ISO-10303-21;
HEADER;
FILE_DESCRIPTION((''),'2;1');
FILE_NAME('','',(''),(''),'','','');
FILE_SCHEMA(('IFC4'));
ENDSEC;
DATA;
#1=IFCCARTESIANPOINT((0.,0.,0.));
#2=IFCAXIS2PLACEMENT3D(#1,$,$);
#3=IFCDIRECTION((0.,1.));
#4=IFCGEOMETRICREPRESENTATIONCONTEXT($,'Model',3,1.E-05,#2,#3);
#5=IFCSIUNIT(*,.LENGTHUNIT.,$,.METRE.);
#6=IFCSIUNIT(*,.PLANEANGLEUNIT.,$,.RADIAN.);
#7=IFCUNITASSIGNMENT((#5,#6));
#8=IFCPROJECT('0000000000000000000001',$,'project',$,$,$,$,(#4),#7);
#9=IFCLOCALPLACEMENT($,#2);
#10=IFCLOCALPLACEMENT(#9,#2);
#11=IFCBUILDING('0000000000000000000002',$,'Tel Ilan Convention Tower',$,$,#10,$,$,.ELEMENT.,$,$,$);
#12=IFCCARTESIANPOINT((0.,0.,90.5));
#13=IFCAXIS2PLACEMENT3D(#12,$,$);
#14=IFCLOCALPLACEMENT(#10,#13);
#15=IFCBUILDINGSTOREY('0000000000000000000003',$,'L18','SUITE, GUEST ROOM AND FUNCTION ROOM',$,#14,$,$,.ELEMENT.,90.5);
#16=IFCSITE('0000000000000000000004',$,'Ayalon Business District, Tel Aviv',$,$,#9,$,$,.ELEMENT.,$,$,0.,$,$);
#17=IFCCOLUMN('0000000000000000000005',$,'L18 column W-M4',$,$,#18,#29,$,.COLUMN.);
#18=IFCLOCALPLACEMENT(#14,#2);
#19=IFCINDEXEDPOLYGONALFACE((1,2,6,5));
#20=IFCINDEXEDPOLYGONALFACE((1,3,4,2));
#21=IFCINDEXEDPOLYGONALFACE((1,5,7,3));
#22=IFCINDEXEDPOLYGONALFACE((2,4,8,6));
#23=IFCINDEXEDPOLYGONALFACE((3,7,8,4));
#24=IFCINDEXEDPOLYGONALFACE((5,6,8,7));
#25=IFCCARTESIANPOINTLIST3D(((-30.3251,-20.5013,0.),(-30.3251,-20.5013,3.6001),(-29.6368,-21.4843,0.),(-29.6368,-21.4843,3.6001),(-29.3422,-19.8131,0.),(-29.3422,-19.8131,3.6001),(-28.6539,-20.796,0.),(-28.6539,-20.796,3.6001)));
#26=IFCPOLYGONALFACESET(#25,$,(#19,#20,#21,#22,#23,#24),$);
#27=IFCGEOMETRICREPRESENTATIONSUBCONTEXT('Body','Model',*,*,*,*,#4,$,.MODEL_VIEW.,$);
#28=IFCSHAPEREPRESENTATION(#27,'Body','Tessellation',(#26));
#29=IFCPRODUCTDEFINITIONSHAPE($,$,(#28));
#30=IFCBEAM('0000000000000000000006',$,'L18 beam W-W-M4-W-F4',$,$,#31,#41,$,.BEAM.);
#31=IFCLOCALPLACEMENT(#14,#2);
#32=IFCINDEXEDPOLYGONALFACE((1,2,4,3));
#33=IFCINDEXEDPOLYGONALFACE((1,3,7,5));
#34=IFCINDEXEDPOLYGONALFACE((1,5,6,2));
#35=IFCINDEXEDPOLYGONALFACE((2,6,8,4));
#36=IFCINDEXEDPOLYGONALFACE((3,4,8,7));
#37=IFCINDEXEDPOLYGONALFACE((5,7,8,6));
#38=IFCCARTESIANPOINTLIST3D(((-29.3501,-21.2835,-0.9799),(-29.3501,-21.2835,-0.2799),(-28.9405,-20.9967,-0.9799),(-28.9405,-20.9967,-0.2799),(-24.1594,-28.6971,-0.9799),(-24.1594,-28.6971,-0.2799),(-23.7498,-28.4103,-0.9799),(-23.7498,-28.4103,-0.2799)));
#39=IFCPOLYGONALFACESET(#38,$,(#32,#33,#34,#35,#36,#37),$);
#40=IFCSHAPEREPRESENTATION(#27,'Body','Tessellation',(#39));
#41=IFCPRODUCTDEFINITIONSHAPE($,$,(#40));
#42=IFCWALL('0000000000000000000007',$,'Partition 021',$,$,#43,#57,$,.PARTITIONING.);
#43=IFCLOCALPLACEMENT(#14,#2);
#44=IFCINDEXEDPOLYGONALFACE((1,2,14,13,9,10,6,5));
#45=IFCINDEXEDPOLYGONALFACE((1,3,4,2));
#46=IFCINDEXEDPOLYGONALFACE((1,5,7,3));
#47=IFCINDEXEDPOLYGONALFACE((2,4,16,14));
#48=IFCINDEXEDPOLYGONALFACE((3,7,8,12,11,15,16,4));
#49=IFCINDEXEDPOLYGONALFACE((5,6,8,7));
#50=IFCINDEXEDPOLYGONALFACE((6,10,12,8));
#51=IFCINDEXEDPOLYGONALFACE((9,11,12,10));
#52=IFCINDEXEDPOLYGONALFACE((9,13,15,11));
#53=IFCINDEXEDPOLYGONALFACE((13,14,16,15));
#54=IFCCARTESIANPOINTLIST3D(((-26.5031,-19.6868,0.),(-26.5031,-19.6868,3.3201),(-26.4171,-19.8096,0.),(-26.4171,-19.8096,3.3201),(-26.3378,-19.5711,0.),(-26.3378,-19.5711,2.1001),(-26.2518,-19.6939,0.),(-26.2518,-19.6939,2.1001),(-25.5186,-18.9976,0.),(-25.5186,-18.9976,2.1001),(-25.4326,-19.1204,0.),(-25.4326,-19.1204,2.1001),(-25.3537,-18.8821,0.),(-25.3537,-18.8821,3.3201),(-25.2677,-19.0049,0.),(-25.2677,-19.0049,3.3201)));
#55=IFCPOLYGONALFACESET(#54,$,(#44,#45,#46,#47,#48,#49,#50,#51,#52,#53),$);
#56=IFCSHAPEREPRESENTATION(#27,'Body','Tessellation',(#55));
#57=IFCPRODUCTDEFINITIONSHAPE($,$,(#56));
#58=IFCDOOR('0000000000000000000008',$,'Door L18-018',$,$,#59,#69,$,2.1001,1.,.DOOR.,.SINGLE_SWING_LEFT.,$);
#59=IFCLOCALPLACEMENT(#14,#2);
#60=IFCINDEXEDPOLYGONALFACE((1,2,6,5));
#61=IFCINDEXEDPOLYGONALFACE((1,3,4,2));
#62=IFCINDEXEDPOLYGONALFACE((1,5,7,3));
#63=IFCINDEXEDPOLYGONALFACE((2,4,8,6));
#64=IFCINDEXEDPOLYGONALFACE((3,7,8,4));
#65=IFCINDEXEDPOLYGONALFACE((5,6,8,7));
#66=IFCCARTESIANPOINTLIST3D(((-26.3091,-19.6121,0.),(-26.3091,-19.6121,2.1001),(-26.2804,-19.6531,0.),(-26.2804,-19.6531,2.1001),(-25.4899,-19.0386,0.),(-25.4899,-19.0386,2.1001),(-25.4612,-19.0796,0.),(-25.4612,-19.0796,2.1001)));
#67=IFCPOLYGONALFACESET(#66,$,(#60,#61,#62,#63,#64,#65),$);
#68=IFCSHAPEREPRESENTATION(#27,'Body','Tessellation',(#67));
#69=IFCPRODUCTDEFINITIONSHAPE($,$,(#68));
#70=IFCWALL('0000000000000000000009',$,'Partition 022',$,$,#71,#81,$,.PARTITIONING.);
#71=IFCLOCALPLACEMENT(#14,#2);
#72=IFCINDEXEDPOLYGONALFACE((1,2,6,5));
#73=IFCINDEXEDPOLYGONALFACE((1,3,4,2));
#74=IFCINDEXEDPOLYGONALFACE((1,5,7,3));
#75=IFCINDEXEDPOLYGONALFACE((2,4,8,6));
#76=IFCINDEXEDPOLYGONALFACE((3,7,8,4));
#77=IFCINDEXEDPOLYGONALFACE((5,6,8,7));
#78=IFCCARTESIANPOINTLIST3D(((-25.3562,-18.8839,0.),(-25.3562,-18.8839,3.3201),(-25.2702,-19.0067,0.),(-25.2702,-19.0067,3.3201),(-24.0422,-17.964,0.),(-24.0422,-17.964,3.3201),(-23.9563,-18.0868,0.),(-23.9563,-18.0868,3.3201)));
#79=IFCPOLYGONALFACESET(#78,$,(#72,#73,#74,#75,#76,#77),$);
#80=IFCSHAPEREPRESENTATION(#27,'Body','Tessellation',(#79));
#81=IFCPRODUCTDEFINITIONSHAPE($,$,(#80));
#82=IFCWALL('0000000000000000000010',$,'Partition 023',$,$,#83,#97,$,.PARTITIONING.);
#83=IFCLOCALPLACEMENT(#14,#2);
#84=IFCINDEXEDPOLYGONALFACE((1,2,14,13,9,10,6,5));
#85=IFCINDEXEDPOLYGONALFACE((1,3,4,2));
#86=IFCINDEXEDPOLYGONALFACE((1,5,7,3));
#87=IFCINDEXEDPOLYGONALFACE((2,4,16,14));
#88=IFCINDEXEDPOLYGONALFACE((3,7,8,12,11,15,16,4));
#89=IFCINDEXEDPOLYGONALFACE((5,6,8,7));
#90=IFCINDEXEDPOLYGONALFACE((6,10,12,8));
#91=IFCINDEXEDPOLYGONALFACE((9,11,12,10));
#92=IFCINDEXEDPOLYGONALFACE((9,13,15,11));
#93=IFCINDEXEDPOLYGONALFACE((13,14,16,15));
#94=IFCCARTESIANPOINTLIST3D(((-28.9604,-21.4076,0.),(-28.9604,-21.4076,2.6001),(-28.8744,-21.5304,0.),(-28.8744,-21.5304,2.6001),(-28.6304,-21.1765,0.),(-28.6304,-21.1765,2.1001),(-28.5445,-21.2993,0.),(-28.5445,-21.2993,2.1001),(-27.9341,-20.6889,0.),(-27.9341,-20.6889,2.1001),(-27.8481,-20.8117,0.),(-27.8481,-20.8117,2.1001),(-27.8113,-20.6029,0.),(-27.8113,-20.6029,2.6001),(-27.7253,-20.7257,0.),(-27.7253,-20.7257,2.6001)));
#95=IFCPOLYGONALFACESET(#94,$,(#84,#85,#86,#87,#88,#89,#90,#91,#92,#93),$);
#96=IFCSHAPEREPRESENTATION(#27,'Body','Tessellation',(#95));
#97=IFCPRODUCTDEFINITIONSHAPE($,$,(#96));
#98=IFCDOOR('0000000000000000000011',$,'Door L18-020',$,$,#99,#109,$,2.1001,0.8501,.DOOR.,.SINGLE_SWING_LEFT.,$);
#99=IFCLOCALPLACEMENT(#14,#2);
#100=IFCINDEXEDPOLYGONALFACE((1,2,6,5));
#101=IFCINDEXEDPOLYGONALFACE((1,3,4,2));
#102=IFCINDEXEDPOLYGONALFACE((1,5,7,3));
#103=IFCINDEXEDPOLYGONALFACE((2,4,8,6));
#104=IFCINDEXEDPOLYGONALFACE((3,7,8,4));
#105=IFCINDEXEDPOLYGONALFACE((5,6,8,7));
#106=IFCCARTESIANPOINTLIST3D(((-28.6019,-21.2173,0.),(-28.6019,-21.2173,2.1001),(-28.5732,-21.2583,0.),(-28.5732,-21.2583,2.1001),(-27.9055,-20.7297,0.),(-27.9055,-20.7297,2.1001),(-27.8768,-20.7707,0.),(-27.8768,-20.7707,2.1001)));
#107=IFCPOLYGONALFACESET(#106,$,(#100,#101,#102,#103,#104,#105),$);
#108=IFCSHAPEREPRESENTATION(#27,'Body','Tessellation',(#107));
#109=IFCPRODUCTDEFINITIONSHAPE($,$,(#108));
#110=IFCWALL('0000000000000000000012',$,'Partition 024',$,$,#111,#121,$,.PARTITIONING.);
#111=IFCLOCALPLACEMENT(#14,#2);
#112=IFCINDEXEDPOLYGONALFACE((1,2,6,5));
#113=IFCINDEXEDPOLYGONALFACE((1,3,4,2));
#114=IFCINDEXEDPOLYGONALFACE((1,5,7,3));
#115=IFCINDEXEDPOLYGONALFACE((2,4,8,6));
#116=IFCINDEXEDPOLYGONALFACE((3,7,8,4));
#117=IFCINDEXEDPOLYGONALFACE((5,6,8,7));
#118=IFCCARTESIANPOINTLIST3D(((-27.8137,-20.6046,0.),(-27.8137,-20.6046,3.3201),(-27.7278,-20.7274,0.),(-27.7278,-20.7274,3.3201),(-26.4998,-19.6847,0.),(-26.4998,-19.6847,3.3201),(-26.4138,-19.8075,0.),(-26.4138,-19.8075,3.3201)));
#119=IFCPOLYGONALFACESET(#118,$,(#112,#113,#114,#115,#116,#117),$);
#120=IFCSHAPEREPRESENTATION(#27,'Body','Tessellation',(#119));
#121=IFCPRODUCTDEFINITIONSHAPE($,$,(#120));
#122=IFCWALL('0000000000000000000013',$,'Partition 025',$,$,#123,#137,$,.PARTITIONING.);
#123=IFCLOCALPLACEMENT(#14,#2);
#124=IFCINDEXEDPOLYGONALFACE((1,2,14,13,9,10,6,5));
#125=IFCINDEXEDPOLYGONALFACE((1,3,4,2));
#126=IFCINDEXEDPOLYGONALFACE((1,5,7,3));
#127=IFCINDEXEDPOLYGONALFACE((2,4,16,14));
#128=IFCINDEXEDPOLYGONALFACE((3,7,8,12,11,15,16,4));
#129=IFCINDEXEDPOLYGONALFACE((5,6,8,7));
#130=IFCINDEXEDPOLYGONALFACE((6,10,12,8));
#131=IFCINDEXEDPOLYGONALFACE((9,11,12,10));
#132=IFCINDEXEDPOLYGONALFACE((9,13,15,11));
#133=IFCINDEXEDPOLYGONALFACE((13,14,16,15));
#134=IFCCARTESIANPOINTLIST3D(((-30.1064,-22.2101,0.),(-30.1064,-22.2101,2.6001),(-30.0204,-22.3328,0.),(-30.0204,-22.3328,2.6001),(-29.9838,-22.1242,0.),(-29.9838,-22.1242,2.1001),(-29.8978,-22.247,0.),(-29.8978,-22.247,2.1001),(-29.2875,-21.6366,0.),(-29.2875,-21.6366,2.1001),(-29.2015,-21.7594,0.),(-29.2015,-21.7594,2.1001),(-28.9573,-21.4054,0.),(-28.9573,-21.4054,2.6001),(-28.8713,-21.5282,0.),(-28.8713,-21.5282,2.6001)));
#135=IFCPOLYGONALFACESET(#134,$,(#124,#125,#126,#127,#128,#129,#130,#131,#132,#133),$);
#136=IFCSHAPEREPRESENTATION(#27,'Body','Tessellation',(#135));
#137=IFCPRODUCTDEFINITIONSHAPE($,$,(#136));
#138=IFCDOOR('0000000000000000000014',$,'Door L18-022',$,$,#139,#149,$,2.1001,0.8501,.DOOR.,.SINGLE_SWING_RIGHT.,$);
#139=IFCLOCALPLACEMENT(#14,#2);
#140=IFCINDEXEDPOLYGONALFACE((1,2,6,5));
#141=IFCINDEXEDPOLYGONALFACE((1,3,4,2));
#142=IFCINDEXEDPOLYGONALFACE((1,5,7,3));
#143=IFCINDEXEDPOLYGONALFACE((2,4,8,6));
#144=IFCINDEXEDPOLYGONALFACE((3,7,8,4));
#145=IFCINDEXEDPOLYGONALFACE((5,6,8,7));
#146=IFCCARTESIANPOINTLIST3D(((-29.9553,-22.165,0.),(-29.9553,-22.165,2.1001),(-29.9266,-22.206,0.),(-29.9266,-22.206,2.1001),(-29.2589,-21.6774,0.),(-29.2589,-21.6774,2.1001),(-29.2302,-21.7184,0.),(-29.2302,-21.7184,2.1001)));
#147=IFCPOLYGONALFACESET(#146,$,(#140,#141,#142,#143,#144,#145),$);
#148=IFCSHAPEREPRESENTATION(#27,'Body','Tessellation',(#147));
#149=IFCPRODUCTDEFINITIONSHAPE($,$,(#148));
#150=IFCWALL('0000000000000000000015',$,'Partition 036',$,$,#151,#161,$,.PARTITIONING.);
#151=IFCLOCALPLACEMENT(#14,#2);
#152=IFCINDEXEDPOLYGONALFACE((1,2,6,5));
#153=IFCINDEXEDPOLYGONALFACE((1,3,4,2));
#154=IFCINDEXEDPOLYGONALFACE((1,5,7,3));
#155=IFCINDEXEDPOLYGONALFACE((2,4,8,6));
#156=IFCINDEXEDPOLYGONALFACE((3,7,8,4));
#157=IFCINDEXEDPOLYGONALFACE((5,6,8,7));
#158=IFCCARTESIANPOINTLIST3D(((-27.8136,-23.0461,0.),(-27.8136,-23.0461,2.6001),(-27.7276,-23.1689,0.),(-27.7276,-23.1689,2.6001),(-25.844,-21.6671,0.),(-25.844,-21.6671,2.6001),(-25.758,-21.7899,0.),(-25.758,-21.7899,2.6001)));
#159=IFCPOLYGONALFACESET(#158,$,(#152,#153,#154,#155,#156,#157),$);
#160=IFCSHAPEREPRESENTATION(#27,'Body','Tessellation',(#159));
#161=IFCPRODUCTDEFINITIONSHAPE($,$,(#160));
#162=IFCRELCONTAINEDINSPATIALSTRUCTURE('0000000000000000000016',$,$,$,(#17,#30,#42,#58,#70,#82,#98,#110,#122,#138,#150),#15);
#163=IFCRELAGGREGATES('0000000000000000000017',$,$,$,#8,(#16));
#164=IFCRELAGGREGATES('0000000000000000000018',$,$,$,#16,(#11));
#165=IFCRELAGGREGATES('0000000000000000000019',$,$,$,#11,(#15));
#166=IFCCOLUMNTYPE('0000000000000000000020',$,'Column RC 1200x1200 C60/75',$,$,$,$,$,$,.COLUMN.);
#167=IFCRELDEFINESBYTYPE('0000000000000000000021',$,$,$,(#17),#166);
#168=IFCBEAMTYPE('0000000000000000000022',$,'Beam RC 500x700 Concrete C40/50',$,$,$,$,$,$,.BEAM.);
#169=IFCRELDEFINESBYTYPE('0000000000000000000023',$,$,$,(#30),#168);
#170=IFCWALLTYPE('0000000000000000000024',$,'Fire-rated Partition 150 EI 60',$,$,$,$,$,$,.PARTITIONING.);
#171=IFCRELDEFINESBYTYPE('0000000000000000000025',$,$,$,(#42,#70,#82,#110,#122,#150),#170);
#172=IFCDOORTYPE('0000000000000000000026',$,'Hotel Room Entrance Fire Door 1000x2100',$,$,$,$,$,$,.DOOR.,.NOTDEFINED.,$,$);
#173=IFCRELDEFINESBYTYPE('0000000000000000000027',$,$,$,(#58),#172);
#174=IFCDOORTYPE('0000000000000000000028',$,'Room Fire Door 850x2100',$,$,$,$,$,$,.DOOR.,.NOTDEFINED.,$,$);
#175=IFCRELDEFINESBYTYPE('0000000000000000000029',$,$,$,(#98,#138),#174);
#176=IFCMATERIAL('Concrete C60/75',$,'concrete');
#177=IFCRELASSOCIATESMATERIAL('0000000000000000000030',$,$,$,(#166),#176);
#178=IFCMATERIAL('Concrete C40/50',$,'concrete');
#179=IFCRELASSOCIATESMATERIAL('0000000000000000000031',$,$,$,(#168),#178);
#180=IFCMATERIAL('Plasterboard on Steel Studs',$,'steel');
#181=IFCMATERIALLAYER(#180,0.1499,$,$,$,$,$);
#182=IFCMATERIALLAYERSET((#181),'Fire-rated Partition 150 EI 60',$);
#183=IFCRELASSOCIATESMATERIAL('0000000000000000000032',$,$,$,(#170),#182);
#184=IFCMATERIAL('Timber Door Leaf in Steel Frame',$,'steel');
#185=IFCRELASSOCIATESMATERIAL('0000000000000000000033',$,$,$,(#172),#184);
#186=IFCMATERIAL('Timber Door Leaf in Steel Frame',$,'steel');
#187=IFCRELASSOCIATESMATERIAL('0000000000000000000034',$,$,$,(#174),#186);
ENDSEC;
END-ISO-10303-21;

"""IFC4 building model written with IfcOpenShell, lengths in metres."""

from ifc_helpers import new_model, si_unit, direction, frame, frame_2d, origin, origin_2d, place, context, subcontext, project, spatial, rectangle, extrude, material, layer, layer_set, material_profile, profile_set, type_object, element, fill, save


model = new_model("IFC4")

# Units and contexts
model_context = context("Model", 3, precision=1e-05, world=origin(), true_north=direction((0.0, 1.0)))
body_context = subcontext(model_context, "Body", "Model", "MODEL_VIEW")
ifc_project = project(units=[si_unit("LENGTHUNIT", "METRE"), si_unit("PLANEANGLEUNIT", "RADIAN")], contexts=[model_context])

# Site, building, storey
site_placement = place(None, origin())
site = spatial("IfcSite", under=ifc_project, at=site_placement, Name="Ayalon Business District, Tel Aviv", CompositionType="ELEMENT", RefElevation=0.0)
building_placement = place(site_placement, origin())
building = spatial("IfcBuilding", under=site, at=building_placement, Name="Tel Ilan Convention Tower", CompositionType="ELEMENT")
storey_placement = place(building_placement, frame((0.0, 0.0, 90.5)))
storey = spatial("IfcBuildingStorey", under=building, at=storey_placement, Name="L18", Description="SUITE, GUEST ROOM AND FUNCTION ROOM", CompositionType="ELEMENT", Elevation=90.5)

# Column
ifc_material_1 = material(Name="Concrete C60/75", Category="concrete")
ifc_material_profile_1 = material_profile(ifc_material_1, rectangle(XDim=1.2, YDim=1.2, at=origin_2d()), Name="RC 1200x1200")
ifc_profile_set_1 = profile_set([ifc_material_profile_1], Name="Concrete C60/75")
column_type = type_object("IfcColumnType", Name="Column RC 1200x1200 C60/75", PredefinedType="COLUMN", material=ifc_profile_set_1)
column_placement = place(storey_placement, frame((-29.4895, -20.6487, 0.0), z_axis=(0.0, 0.0, 1.0), x_axis=(-0.819152, -0.573576, 0.0)))
element("IfcColumn", 1, at=column_placement, inside=storey, type_object=column_type, Name="L18 column W-M4", PredefinedType="COLUMN", context=body_context, shape_type="SweptSolid", body=[
    extrude(rectangle(XDim=1.2, YDim=1.2, at=origin_2d()), origin(), (0.0, 0.0, 1.0), 3.6001),
])

# Beam
ifc_material_2 = material(Name="Concrete C40/50", Category="concrete")
ifc_material_profile_2 = material_profile(ifc_material_2, rectangle(XDim=0.5, YDim=0.7, at=origin_2d()), Name="RC 500x700")
ifc_profile_set_2 = profile_set([ifc_material_profile_2], Name="Concrete C40/50")
beam_type = type_object("IfcBeamType", Name="Beam RC 500x700 Concrete C40/50", PredefinedType="BEAM", material=ifc_profile_set_2)
beam_placement = place(storey_placement, frame((-29.1453, -21.1401, -0.6299), z_axis=(0.573549, -0.819171, 0.0), x_axis=(0.819171, 0.573549, 0.0)))
element("IfcBeam", 2, at=beam_placement, inside=storey, type_object=beam_type, Name="L18 beam W-W-M4-W-F4", PredefinedType="BEAM", context=body_context, shape_type="SweptSolid", body=[
    extrude(rectangle(XDim=0.5, YDim=0.7, at=origin_2d()), origin(), (0.0, 0.0, 1.0), 9.05),
])

# Wall, opening, door
ifc_material_3 = material(Name="Plasterboard on Steel Studs", Category="steel")
ifc_layer_1 = layer(ifc_material_3, 0.1499)
ifc_layer_set_1 = layer_set([ifc_layer_1], Name="Fire-rated Partition 150 EI 60")
wall_type_1 = type_object("IfcWallType", Name="Fire-rated Partition 150 EI 60", PredefinedType="PARTITIONING", material=ifc_layer_set_1)
wall_1_placement = place(storey_placement, frame((-26.4602, -19.7483, 0.0), z_axis=(0.0, 0.0, 1.0), x_axis=(0.819199, 0.573509, 0.0)))
wall_1 = element("IfcWall", 3, at=wall_1_placement, inside=storey, type_object=wall_type_1, Name="Partition 021", PredefinedType="PARTITIONING", context=body_context, shape_type="SweptSolid", body=[
    extrude(rectangle(XDim=1.4031, YDim=0.1499, at=frame_2d((0.7017, 0.0))), origin(), (0.0, 0.0, 1.0), 3.3201),
])
opening_1_placement = place(wall_1_placement, frame((0.2019, 0.0, 0.0)))
opening_1 = element("IfcOpeningElement", 4, at=opening_1_placement, cuts=wall_1, PredefinedType="OPENING", context=body_context, shape_type="SweptSolid", body=[
    extrude(rectangle(XDim=1.0, YDim=2.1001, at=frame_2d((0.5, 1.05))), frame((0.0, 0.085, 0.0), z_axis=(0.0, -1.0, 0.0), x_axis=(1.0, 0.0, 0.0)), (0.0, 0.0, 1.0), 0.1699),
])
ifc_material_4 = material(Name="Timber Door Leaf in Steel Frame", Category="steel")
door_type_1 = type_object("IfcDoorType", Name="Hotel Room Entrance Fire Door 1000x2100", OperationType="NOTDEFINED", PredefinedType="DOOR", material=ifc_material_4)
door_1_placement = place(opening_1_placement, origin())
door_1 = element("IfcDoor", 5, at=door_1_placement, inside=storey, type_object=door_type_1, Name="Door L18-018", OperationType="SINGLE_SWING_LEFT", OverallHeight=2.1001, OverallWidth=1.0, PredefinedType="DOOR", context=body_context, shape_type="SweptSolid", body=[
    extrude(rectangle(XDim=1.0, YDim=2.1001, at=frame_2d((0.5, 1.05))), frame((0.0, 0.0249, 0.0), z_axis=(0.0, -1.0, 0.0), x_axis=(1.0, 0.0, 0.0)), (0.0, 0.0, 1.0), 0.05),
])
fill(opening_1, door_1)

# Wall
wall_2_placement = place(storey_placement, frame((-25.3132, -18.9453, 0.0), z_axis=(0.0, 0.0, 1.0), x_axis=(0.819189, 0.573524, 0.0)))
element("IfcWall", 6, at=wall_2_placement, inside=storey, type_object=wall_type_1, Name="Partition 022", PredefinedType="PARTITIONING", context=body_context, shape_type="SweptSolid", body=[
    extrude(rectangle(XDim=1.604, YDim=0.1499, at=frame_2d((0.802, 0.0))), origin(), (0.0, 0.0, 1.0), 3.3201),
])

# Wall, opening, door
wall_3_placement = place(storey_placement, frame((-27.7683, -20.6643, 0.0), z_axis=(0.0, 0.0, 1.0), x_axis=(-0.819142, -0.573591, 0.0)))
wall_3 = element("IfcWall", 7, at=wall_3_placement, inside=storey, type_object=wall_type_1, Name="Partition 023", PredefinedType="PARTITIONING", context=body_context, shape_type="SweptSolid", body=[
    extrude(rectangle(XDim=1.4028, YDim=0.1499, at=frame_2d((0.7014, 0.0))), origin(), (0.0, 0.0, 1.0), 2.6001),
])
opening_2_placement = place(wall_3_placement, frame((0.1499, 0.0, 0.0)))
opening_2 = element("IfcOpeningElement", 8, at=opening_2_placement, cuts=wall_3, PredefinedType="OPENING", context=body_context, shape_type="SweptSolid", body=[
    extrude(rectangle(XDim=0.8501, YDim=2.1001, at=frame_2d((0.425, 1.05))), frame((0.0, 0.085, 0.0), z_axis=(0.0, -1.0, 0.0), x_axis=(1.0, 0.0, 0.0)), (0.0, 0.0, 1.0), 0.1699),
])
ifc_material_5 = material(Name="Timber Door Leaf in Steel Frame", Category="steel")
door_type_2 = type_object("IfcDoorType", Name="Room Fire Door 850x2100", OperationType="NOTDEFINED", PredefinedType="DOOR", material=ifc_material_5)
door_2_placement = place(opening_2_placement, origin())
door_2 = element("IfcDoor", 9, at=door_2_placement, inside=storey, type_object=door_type_2, Name="Door L18-020", OperationType="SINGLE_SWING_LEFT", OverallHeight=2.1001, OverallWidth=0.8501, PredefinedType="DOOR", context=body_context, shape_type="SweptSolid", body=[
    extrude(rectangle(XDim=0.8501, YDim=2.1001, at=frame_2d((0.425, 1.05))), frame((0.0, 0.0249, 0.0), z_axis=(0.0, -1.0, 0.0), x_axis=(1.0, 0.0, 0.0)), (0.0, 0.0, 1.0), 0.05),
])
fill(opening_2, door_2)

# Wall
wall_4_placement = place(storey_placement, frame((-27.7708, -20.666, 0.0), z_axis=(0.0, 0.0, 1.0), x_axis=(0.819189, 0.573524, 0.0)))
element("IfcWall", 10, at=wall_4_placement, inside=storey, type_object=wall_type_1, Name="Partition 024", PredefinedType="PARTITIONING", context=body_context, shape_type="SweptSolid", body=[
    extrude(rectangle(XDim=1.604, YDim=0.1499, at=frame_2d((0.802, 0.0))), origin(), (0.0, 0.0, 1.0), 3.3201),
])

# Wall, opening, door
wall_5_placement = place(storey_placement, frame((-28.9143, -21.4668, 0.0), z_axis=(0.0, 0.0, 1.0), x_axis=(-0.819142, -0.573591, 0.0)))
wall_5 = element("IfcWall", 11, at=wall_5_placement, inside=storey, type_object=wall_type_1, Name="Partition 025", PredefinedType="PARTITIONING", context=body_context, shape_type="SweptSolid", body=[
    extrude(rectangle(XDim=1.4028, YDim=0.1499, at=frame_2d((0.7014, 0.0))), origin(), (0.0, 0.0, 1.0), 2.6001),
])
opening_3_placement = place(wall_5_placement, frame((0.4031, 0.0, 0.0)))
opening_3 = element("IfcOpeningElement", 12, at=opening_3_placement, cuts=wall_5, PredefinedType="OPENING", context=body_context, shape_type="SweptSolid", body=[
    extrude(rectangle(XDim=0.8501, YDim=2.1001, at=frame_2d((0.425, 1.05))), frame((0.0, 0.085, 0.0), z_axis=(0.0, -1.0, 0.0), x_axis=(1.0, 0.0, 0.0)), (0.0, 0.0, 1.0), 0.1699),
])
door_3_placement = place(opening_3_placement, origin())
door_3 = element("IfcDoor", 13, at=door_3_placement, inside=storey, type_object=door_type_2, Name="Door L18-022", OperationType="SINGLE_SWING_RIGHT", OverallHeight=2.1001, OverallWidth=0.8501, PredefinedType="DOOR", context=body_context, shape_type="SweptSolid", body=[
    extrude(rectangle(XDim=0.8501, YDim=2.1001, at=frame_2d((0.425, 1.05))), frame((0.0, 0.0249, 0.0), z_axis=(0.0, -1.0, 0.0), x_axis=(1.0, 0.0, 0.0)), (0.0, 0.0, 1.0), 0.05),
])
fill(opening_3, door_3)

# Wall
wall_6_placement = place(storey_placement, frame((-25.801, -21.7285, 0.0), z_axis=(0.0, 0.0, 1.0), x_axis=(-0.819179, -0.573537, 0.0)))
element("IfcWall", 14, at=wall_6_placement, inside=storey, type_object=wall_type_1, Name="Partition 036", PredefinedType="PARTITIONING", context=body_context, shape_type="SweptSolid", body=[
    extrude(rectangle(XDim=2.4043, YDim=0.1499, at=frame_2d((1.2021, 0.0))), origin(), (0.0, 0.0, 1.0), 2.6001),
])

save(model, "model.ifc")
